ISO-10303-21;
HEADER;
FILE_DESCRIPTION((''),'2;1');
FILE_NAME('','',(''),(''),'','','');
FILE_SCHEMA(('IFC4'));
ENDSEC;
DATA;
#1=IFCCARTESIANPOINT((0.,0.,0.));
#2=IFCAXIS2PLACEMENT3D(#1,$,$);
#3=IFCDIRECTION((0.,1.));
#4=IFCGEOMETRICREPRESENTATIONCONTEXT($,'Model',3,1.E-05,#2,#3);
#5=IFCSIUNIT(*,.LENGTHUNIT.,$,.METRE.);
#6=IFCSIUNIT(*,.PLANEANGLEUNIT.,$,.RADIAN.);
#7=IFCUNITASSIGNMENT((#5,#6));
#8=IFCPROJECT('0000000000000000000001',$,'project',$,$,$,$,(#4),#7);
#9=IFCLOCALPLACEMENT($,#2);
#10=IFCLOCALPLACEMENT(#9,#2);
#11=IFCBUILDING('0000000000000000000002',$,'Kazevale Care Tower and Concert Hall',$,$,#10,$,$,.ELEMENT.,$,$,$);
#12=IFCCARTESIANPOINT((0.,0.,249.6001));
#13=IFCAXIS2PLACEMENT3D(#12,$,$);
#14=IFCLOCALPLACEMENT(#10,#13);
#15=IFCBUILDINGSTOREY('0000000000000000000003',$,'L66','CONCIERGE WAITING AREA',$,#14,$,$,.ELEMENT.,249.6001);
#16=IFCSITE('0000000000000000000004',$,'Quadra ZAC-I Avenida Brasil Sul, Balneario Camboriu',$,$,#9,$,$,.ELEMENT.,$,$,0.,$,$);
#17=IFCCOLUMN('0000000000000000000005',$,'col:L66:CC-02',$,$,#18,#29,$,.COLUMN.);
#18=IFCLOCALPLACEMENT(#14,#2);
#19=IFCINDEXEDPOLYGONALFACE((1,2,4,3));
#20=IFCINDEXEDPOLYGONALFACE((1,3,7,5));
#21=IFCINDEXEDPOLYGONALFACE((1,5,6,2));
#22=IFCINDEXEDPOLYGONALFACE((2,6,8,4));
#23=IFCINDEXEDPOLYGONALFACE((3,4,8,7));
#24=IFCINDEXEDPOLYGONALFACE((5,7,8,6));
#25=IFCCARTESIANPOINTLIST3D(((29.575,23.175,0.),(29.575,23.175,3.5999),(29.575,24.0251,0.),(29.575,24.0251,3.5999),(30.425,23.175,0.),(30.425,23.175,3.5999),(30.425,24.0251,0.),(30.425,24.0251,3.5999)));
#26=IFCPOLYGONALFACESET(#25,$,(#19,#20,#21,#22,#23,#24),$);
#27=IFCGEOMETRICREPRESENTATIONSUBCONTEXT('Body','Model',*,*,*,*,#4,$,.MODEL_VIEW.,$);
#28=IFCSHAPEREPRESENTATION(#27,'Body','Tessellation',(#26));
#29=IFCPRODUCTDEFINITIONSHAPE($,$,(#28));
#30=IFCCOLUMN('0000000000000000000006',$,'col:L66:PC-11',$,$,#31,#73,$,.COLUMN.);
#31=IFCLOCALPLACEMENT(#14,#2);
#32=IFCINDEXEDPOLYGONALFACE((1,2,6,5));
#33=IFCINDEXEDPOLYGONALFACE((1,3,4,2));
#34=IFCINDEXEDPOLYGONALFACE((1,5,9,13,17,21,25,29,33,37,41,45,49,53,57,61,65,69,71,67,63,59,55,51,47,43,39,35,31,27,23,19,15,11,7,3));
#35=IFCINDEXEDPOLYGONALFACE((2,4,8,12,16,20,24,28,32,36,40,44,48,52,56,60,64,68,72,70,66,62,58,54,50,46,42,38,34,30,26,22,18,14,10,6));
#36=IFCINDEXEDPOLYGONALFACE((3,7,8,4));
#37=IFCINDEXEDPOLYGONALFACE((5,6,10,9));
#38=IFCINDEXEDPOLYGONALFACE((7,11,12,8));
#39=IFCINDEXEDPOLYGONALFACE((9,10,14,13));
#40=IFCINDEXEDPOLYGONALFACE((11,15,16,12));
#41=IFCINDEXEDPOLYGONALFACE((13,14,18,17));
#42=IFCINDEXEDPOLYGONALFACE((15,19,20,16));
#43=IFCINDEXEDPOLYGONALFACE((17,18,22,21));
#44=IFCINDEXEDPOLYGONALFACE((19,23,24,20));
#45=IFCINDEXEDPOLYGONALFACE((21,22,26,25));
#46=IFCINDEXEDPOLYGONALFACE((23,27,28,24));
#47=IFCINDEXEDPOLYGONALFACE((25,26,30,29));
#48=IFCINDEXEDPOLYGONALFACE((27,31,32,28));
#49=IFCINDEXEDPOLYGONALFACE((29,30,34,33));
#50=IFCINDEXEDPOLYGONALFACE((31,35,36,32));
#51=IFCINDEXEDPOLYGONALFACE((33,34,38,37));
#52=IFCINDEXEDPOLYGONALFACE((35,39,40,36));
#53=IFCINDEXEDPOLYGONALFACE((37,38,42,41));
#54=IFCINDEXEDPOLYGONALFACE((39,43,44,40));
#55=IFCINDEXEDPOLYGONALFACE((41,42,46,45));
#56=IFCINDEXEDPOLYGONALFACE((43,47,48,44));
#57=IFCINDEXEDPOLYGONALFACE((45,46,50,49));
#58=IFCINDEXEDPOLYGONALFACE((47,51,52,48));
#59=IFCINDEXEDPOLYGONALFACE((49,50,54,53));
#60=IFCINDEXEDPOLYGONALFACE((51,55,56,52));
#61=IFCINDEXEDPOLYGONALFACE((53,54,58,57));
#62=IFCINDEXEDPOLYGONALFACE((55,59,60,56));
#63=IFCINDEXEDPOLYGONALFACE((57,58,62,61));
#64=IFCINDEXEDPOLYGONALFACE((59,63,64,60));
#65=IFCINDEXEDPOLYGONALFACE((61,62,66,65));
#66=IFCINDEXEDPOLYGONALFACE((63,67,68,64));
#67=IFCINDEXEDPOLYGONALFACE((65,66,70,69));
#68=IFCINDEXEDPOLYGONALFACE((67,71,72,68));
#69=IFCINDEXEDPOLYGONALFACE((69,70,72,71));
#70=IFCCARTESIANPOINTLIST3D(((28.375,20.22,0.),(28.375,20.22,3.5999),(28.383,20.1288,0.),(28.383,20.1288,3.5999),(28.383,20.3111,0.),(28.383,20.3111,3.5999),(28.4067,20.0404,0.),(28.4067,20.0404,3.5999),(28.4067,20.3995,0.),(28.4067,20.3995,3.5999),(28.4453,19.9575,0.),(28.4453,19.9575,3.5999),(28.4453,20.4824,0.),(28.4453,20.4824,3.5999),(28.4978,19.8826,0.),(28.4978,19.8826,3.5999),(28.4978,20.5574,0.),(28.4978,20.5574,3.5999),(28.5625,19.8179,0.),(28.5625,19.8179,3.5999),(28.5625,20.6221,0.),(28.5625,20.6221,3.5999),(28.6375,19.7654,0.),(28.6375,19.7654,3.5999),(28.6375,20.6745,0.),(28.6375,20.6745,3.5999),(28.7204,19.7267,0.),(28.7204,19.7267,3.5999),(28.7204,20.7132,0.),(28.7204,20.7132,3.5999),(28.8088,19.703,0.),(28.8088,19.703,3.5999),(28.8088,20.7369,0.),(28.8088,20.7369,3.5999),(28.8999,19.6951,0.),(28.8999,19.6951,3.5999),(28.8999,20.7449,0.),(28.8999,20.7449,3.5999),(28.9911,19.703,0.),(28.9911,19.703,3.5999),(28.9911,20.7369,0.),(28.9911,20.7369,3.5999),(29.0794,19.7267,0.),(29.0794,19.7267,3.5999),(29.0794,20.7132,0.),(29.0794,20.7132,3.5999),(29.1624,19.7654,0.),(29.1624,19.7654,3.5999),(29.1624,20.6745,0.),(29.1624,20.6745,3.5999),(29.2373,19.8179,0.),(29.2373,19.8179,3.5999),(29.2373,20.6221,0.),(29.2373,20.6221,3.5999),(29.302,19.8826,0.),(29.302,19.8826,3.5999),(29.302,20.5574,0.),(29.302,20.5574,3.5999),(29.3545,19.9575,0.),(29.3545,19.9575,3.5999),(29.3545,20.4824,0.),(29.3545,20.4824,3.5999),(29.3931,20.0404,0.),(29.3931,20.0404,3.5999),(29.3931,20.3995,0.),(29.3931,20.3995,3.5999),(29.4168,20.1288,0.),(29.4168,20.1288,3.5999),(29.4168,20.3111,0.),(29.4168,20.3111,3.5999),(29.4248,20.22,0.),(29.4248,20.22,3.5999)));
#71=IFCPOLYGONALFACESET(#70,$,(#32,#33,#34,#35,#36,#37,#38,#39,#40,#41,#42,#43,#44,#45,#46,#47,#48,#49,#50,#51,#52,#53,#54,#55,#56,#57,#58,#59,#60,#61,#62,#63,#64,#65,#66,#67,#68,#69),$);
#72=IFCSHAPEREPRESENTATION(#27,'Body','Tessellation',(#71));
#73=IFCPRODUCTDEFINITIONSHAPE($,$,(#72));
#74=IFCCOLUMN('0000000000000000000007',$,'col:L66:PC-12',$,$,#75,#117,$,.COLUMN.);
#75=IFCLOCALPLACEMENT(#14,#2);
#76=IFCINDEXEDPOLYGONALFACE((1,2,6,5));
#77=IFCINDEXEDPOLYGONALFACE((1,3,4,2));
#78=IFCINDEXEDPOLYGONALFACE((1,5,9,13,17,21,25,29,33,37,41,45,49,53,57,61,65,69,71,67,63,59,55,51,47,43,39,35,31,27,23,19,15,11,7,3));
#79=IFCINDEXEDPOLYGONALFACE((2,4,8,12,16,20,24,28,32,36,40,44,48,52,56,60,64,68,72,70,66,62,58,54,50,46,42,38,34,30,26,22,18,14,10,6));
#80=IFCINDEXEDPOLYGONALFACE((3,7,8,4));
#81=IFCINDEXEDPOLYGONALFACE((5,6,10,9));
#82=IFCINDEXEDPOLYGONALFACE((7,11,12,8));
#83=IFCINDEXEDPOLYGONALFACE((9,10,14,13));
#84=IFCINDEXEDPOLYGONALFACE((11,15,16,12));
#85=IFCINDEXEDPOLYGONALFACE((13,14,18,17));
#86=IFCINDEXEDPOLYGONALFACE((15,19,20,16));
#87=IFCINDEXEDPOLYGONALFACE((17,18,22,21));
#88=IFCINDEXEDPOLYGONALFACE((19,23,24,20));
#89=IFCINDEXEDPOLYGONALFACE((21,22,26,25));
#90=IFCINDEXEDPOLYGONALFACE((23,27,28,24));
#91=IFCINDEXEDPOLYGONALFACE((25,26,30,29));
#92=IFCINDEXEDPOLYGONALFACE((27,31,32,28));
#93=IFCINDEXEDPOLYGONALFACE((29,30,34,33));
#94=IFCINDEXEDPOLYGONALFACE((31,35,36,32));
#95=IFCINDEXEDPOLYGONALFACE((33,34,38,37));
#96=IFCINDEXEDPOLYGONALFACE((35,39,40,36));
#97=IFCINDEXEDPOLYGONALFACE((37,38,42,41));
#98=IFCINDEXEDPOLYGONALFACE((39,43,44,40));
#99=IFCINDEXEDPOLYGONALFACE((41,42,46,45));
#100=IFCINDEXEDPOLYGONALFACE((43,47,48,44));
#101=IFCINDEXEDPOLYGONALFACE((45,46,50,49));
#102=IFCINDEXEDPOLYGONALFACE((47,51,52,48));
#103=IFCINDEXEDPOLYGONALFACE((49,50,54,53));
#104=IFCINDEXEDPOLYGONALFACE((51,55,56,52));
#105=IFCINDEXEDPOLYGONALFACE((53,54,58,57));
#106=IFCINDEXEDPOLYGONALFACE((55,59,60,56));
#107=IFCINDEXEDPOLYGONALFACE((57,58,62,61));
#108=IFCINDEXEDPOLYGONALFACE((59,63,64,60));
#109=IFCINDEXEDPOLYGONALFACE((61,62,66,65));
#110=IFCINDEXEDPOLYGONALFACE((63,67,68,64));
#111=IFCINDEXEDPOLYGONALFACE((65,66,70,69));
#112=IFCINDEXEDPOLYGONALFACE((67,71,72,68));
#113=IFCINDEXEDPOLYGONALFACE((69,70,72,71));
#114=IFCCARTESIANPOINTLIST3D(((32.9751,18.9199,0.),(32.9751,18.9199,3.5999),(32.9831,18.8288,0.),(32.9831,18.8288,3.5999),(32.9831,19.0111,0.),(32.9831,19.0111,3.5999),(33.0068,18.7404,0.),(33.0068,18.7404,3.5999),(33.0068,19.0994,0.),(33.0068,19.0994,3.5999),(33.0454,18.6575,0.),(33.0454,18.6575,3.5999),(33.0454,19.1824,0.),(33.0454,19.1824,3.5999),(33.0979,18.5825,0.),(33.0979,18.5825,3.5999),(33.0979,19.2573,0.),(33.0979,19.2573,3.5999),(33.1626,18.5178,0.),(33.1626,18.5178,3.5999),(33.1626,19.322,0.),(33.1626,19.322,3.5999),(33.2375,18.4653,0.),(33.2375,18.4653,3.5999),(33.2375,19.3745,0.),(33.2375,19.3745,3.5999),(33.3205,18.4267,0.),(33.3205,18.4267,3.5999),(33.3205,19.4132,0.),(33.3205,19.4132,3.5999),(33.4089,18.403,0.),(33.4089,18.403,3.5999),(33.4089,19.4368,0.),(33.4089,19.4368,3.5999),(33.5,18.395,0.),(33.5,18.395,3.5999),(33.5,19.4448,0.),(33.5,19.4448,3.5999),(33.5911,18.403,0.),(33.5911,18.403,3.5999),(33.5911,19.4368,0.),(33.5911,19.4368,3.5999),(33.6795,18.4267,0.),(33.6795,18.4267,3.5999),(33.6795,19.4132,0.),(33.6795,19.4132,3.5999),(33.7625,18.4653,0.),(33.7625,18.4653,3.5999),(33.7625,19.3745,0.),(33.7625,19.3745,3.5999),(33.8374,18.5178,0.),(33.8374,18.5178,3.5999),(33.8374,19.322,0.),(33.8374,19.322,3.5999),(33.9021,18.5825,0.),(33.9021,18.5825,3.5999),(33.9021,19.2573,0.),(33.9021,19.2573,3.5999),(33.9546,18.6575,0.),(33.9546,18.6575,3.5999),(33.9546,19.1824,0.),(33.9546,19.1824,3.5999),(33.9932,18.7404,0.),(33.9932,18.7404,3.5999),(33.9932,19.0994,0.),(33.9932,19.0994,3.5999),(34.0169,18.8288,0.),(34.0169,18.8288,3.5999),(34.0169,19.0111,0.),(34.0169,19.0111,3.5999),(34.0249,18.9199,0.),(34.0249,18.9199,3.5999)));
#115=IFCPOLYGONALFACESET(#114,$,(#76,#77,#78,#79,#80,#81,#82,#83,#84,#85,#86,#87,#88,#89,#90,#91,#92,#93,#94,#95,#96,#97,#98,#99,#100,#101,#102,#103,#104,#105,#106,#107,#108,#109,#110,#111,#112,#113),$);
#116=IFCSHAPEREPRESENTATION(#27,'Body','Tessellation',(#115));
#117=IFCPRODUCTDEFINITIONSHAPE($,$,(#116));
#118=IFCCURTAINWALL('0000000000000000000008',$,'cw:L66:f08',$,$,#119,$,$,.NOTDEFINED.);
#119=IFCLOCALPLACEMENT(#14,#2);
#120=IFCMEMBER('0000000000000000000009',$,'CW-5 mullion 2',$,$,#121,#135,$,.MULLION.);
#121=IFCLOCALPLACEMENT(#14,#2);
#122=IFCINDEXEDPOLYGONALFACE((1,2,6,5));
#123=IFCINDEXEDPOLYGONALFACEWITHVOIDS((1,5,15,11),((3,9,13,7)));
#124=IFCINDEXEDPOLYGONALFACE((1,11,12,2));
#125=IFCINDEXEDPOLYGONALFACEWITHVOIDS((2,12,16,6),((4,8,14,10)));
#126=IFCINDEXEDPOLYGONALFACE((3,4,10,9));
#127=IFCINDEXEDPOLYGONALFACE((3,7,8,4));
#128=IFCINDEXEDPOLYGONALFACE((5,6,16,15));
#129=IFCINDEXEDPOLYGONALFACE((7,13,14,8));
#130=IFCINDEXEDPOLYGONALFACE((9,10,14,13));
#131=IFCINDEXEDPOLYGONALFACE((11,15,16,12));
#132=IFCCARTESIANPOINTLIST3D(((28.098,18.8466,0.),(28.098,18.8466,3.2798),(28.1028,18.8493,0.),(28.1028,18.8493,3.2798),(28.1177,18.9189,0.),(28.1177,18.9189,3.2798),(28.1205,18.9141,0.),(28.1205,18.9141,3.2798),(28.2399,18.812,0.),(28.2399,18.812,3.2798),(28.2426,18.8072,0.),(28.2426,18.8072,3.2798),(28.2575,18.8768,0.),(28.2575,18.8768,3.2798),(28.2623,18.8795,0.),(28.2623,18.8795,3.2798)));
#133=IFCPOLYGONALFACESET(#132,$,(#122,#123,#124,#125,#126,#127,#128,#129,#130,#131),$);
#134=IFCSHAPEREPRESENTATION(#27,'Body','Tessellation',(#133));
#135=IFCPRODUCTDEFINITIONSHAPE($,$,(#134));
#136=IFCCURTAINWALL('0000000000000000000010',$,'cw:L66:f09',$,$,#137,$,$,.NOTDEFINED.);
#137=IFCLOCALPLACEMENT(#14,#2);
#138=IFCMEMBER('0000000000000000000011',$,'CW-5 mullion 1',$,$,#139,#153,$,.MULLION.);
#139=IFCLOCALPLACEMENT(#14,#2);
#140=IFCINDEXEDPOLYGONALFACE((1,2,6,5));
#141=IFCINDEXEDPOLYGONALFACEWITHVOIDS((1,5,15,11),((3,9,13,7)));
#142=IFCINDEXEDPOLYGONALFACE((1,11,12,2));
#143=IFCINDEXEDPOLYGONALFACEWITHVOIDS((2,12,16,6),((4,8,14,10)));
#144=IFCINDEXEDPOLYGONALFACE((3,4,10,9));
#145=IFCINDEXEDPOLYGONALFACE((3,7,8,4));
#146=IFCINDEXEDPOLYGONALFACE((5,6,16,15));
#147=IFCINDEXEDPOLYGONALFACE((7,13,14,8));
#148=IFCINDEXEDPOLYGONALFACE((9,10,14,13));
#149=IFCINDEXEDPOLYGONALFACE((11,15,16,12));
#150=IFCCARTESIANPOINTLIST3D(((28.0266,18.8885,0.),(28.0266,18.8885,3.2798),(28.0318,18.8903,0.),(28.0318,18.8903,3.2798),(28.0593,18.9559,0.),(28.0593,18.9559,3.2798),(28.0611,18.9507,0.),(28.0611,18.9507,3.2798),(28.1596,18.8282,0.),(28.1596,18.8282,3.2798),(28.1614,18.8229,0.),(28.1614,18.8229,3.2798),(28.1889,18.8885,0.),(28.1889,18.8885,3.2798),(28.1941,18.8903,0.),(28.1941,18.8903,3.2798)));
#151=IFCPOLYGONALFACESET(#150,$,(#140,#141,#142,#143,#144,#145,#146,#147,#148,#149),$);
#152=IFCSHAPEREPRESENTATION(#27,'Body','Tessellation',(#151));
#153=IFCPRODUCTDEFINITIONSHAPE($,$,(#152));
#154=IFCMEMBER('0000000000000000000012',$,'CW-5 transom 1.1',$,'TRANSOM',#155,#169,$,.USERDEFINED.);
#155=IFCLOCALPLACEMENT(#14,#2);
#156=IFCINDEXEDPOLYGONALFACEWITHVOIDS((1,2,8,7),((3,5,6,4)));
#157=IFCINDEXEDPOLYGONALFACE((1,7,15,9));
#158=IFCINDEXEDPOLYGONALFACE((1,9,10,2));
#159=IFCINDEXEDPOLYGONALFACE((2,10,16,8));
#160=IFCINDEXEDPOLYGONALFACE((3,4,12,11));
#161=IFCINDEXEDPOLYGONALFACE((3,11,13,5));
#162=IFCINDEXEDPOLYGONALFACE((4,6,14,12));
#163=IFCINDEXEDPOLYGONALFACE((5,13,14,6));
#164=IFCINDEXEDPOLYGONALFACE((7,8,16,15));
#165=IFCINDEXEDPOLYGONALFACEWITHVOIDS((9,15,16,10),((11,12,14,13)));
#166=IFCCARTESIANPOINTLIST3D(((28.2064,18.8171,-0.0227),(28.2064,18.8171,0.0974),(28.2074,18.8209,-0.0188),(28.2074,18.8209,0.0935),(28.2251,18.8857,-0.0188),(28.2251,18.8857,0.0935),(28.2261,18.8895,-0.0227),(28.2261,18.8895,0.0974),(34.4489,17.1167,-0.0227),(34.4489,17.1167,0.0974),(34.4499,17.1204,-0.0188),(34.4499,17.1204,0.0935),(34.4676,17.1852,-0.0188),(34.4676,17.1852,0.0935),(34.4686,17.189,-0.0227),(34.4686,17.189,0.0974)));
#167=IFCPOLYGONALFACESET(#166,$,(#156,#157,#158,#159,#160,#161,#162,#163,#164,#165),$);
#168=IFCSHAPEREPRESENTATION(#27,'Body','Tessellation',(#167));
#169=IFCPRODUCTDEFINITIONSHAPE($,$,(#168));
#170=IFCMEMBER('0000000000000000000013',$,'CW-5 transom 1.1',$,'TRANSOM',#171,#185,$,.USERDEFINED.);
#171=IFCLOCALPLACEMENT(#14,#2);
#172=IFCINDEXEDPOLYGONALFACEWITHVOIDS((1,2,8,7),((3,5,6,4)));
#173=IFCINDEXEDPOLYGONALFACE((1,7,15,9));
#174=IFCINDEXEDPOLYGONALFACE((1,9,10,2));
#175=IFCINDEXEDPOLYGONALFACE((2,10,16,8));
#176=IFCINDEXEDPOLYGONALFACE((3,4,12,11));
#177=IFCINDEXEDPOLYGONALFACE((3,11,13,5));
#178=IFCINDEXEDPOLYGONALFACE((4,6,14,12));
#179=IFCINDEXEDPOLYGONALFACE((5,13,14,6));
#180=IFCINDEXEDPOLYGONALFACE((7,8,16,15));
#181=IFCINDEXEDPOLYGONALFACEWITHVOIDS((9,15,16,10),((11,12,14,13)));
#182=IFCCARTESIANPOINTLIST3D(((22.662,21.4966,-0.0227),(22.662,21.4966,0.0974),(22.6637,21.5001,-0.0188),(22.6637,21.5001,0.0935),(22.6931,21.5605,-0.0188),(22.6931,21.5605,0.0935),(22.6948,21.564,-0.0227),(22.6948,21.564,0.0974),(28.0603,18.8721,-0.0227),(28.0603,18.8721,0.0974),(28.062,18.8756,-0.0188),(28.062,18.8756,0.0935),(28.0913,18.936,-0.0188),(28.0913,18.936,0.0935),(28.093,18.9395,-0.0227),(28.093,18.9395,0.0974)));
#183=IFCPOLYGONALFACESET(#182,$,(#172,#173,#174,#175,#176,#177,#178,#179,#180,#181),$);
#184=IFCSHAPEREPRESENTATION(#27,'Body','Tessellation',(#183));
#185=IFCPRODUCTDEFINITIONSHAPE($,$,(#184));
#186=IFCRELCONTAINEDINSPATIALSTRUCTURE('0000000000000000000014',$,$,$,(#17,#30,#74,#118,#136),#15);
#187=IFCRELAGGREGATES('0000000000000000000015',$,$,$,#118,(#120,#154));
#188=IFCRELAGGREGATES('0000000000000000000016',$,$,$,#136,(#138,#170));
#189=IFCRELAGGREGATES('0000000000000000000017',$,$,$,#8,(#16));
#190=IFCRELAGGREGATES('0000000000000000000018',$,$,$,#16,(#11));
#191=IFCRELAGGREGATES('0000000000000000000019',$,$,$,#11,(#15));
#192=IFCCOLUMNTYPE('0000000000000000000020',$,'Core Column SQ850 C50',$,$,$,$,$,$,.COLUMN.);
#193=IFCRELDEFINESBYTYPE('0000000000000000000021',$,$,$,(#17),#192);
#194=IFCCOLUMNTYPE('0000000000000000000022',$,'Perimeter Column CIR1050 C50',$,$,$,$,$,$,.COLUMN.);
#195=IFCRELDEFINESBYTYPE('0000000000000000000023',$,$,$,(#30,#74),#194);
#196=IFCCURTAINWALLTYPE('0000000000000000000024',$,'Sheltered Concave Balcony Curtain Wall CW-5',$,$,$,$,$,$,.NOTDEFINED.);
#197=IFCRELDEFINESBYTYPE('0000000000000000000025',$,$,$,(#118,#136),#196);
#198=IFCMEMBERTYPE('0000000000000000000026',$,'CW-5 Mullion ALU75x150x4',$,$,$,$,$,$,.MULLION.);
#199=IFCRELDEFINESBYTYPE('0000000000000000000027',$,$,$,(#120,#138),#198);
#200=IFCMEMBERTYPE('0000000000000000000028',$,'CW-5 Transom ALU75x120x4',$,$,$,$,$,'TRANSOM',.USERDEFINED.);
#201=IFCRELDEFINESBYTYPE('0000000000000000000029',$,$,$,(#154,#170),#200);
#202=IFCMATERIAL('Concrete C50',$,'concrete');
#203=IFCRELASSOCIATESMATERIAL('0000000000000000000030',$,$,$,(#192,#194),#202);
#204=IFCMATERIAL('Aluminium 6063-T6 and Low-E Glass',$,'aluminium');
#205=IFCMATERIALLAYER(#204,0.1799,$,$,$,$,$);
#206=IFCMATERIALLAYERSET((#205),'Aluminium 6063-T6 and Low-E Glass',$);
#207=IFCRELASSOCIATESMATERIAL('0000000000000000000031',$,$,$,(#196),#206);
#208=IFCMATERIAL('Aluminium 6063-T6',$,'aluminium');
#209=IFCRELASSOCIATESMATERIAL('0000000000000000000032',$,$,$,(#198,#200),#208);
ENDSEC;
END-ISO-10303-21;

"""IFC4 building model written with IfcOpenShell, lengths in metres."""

from ifc_helpers import new_model, si_unit, direction, frame, origin, origin_2d, place, context, subcontext, project, spatial, rectangle, hollow_rectangle, circle, extrude, material, layer, layer_set, material_profile, profile_set, type_object, element, aggregate, save


model = new_model("IFC4")

# Units and contexts
model_context = context("Model", 3, precision=1e-05, world=origin(), true_north=direction((0.0, 1.0)))
body_context = subcontext(model_context, "Body", "Model", "MODEL_VIEW")
ifc_project = project(units=[si_unit("LENGTHUNIT", "METRE"), si_unit("PLANEANGLEUNIT", "RADIAN")], contexts=[model_context])

# Site, building, storey
site_placement = place(None, origin())
site = spatial("IfcSite", under=ifc_project, at=site_placement, Name="Quadra ZAC-I Avenida Brasil Sul, Balneario Camboriu", CompositionType="ELEMENT", RefElevation=0.0)
building_placement = place(site_placement, origin())
building = spatial("IfcBuilding", under=site, at=building_placement, Name="Kazevale Care Tower and Concert Hall", CompositionType="ELEMENT")
storey_placement = place(building_placement, frame((0.0, 0.0, 249.6001)))
storey = spatial("IfcBuildingStorey", under=building, at=storey_placement, Name="L66", Description="CONCIERGE WAITING AREA", CompositionType="ELEMENT", Elevation=249.6001)

# Columns
ifc_material_1 = material(Name="Concrete C50", Category="concrete")
ifc_material_profile_1 = material_profile(ifc_material_1, rectangle(XDim=0.8501, YDim=0.8501, at=origin_2d()), Name="RC-SQ850")
ifc_profile_set_1 = profile_set([ifc_material_profile_1], Name="Concrete C50")
column_type_1 = type_object("IfcColumnType", Name="Core Column SQ850 C50", PredefinedType="COLUMN", material=ifc_profile_set_1)
column_placement = place(storey_placement, frame((30.0, 23.6001, 0.0), z_axis=(0.0, 0.0, 1.0), x_axis=(1.0, 0.0, 0.0)))
element("IfcColumn", 1, at=column_placement, inside=storey, type_object=column_type_1, Name="col:L66:CC-02", PredefinedType="COLUMN", context=body_context, shape_type="SweptSolid", body=[
    extrude(rectangle(XDim=0.8501, YDim=0.8501, at=origin_2d()), origin(), (0.0, 0.0, 1.0), 3.5999),
])
ifc_material_profile_2 = material_profile(ifc_material_1, circle(Radius=0.5249, at=origin_2d()), Name="RC-CIR1050")
ifc_profile_set_2 = profile_set([ifc_material_profile_2], Name="Concrete C50")
column_type_2 = type_object("IfcColumnType", Name="Perimeter Column CIR1050 C50", PredefinedType="COLUMN", material=ifc_profile_set_2)
for number, where, z_axis, x_axis, name in (
    (2, (28.8999, 20.22, 0.0), (0.0, 0.0, 1.0), (1.0, 0.0, 0.0), "col:L66:PC-11"),
    (3, (33.5, 18.9199, 0.0), (0.0, 0.0, 1.0), (1.0, 0.0, 0.0), "col:L66:PC-12"),
):
    element("IfcColumn", number, at=place(storey_placement, frame(where, z_axis=z_axis, x_axis=x_axis)), inside=storey, type_object=column_type_2, Name=name, PredefinedType="COLUMN", context=body_context, shape_type="SweptSolid", body=[
        extrude(circle(Radius=0.5249, at=origin_2d()), origin(), (0.0, 0.0, 1.0), 3.5999),
    ])

# Curtain walls, members
ifc_material_2 = material(Name="Aluminium 6063-T6 and Low-E Glass", Category="aluminium")
ifc_layer_1 = layer(ifc_material_2, 0.1799)
ifc_layer_set_1 = layer_set([ifc_layer_1], Name="Aluminium 6063-T6 and Low-E Glass")
curtain_wall_type = type_object("IfcCurtainWallType", Name="Sheltered Concave Balcony Curtain Wall CW-5", PredefinedType="NOTDEFINED", material=ifc_layer_set_1)
curtain_wall_1_placement = place(storey_placement, origin())
curtain_wall_1 = element("IfcCurtainWall", 4, at=curtain_wall_1_placement, inside=storey, type_object=curtain_wall_type, Name="cw:L66:f08", PredefinedType="NOTDEFINED")
ifc_material_3 = material(Name="Aluminium 6063-T6", Category="aluminium")
ifc_material_profile_3 = material_profile(ifc_material_3, hollow_rectangle(XDim=0.075, YDim=0.1499, WallThickness=0.0039, at=origin_2d()), Name="ALU75x150x4")
ifc_profile_set_3 = profile_set([ifc_material_profile_3], Name="Aluminium 6063-T6")
member_type_1 = type_object("IfcMemberType", Name="CW-5 Mullion ALU75x150x4", PredefinedType="MULLION", material=ifc_profile_set_3)
member_1_placement = place(storey_placement, frame((28.1802, 18.863, 0.0), z_axis=(0.0, 0.0, 1.0), x_axis=(-0.262849, -0.964837, 0.0)))
member_1 = element("IfcMember", 5, at=member_1_placement, type_object=member_type_1, Name="CW-5 mullion 2", PredefinedType="MULLION", context=body_context, shape_type="SweptSolid", body=[
    extrude(hollow_rectangle(XDim=0.075, YDim=0.1499, WallThickness=0.0039, at=origin_2d()), origin(), (0.0, 0.0, 1.0), 3.2798),
])
curtain_wall_2_placement = place(storey_placement, origin())
curtain_wall_2 = element("IfcCurtainWall", 6, at=curtain_wall_2_placement, inside=storey, type_object=curtain_wall_type, Name="cw:L66:f09", PredefinedType="NOTDEFINED")
member_2_placement = place(storey_placement, frame((28.1104, 18.8894, 0.0), z_axis=(0.0, 0.0, 1.0), x_axis=(-0.437238, -0.899346, 0.0)))
member_2 = element("IfcMember", 7, at=member_2_placement, type_object=member_type_1, Name="CW-5 mullion 1", PredefinedType="MULLION", context=body_context, shape_type="SweptSolid", body=[
    extrude(hollow_rectangle(XDim=0.075, YDim=0.1499, WallThickness=0.0039, at=origin_2d()), origin(), (0.0, 0.0, 1.0), 3.2798),
])

# Members
ifc_material_profile_4 = material_profile(ifc_material_3, hollow_rectangle(XDim=0.075, YDim=0.1201, WallThickness=0.0039, at=origin_2d()), Name="ALU75x120x4")
ifc_profile_set_4 = profile_set([ifc_material_profile_4], Name="Aluminium 6063-T6")
member_type_2 = type_object("IfcMemberType", Name="CW-5 Transom ALU75x120x4", ElementType="TRANSOM", PredefinedType="USERDEFINED", material=ifc_profile_set_4)
member_3_placement = place(storey_placement, frame((34.4587, 17.1528, 0.0374), z_axis=(-0.964844, 0.262824, 0.0), x_axis=(-0.262824, -0.964844, 0.0)))
member_3 = element("IfcMember", 8, at=member_3_placement, type_object=member_type_2, Name="CW-5 transom 1.1", ObjectType="TRANSOM", PredefinedType="USERDEFINED", context=body_context, shape_type="SweptSolid", body=[
    extrude(hollow_rectangle(XDim=0.075, YDim=0.1201, WallThickness=0.0039, at=origin_2d()), origin(), (0.0, 0.0, 1.0), 6.47),
])
member_4_placement = place(storey_placement, frame((28.0767, 18.9058, 0.0374), z_axis=(-0.899342, 0.437245, 0.0), x_axis=(-0.437245, -0.899342, 0.0)))
member_4 = element("IfcMember", 9, at=member_4_placement, type_object=member_type_2, Name="CW-5 transom 1.1", ObjectType="TRANSOM", PredefinedType="USERDEFINED", context=body_context, shape_type="SweptSolid", body=[
    extrude(hollow_rectangle(XDim=0.075, YDim=0.1201, WallThickness=0.0039, at=origin_2d()), origin(), (0.0, 0.0, 1.0), 6.0024),
])

aggregate(curtain_wall_1, [member_1, member_3])
aggregate(curtain_wall_2, [member_2, member_4])

save(model, "model.ifc")
